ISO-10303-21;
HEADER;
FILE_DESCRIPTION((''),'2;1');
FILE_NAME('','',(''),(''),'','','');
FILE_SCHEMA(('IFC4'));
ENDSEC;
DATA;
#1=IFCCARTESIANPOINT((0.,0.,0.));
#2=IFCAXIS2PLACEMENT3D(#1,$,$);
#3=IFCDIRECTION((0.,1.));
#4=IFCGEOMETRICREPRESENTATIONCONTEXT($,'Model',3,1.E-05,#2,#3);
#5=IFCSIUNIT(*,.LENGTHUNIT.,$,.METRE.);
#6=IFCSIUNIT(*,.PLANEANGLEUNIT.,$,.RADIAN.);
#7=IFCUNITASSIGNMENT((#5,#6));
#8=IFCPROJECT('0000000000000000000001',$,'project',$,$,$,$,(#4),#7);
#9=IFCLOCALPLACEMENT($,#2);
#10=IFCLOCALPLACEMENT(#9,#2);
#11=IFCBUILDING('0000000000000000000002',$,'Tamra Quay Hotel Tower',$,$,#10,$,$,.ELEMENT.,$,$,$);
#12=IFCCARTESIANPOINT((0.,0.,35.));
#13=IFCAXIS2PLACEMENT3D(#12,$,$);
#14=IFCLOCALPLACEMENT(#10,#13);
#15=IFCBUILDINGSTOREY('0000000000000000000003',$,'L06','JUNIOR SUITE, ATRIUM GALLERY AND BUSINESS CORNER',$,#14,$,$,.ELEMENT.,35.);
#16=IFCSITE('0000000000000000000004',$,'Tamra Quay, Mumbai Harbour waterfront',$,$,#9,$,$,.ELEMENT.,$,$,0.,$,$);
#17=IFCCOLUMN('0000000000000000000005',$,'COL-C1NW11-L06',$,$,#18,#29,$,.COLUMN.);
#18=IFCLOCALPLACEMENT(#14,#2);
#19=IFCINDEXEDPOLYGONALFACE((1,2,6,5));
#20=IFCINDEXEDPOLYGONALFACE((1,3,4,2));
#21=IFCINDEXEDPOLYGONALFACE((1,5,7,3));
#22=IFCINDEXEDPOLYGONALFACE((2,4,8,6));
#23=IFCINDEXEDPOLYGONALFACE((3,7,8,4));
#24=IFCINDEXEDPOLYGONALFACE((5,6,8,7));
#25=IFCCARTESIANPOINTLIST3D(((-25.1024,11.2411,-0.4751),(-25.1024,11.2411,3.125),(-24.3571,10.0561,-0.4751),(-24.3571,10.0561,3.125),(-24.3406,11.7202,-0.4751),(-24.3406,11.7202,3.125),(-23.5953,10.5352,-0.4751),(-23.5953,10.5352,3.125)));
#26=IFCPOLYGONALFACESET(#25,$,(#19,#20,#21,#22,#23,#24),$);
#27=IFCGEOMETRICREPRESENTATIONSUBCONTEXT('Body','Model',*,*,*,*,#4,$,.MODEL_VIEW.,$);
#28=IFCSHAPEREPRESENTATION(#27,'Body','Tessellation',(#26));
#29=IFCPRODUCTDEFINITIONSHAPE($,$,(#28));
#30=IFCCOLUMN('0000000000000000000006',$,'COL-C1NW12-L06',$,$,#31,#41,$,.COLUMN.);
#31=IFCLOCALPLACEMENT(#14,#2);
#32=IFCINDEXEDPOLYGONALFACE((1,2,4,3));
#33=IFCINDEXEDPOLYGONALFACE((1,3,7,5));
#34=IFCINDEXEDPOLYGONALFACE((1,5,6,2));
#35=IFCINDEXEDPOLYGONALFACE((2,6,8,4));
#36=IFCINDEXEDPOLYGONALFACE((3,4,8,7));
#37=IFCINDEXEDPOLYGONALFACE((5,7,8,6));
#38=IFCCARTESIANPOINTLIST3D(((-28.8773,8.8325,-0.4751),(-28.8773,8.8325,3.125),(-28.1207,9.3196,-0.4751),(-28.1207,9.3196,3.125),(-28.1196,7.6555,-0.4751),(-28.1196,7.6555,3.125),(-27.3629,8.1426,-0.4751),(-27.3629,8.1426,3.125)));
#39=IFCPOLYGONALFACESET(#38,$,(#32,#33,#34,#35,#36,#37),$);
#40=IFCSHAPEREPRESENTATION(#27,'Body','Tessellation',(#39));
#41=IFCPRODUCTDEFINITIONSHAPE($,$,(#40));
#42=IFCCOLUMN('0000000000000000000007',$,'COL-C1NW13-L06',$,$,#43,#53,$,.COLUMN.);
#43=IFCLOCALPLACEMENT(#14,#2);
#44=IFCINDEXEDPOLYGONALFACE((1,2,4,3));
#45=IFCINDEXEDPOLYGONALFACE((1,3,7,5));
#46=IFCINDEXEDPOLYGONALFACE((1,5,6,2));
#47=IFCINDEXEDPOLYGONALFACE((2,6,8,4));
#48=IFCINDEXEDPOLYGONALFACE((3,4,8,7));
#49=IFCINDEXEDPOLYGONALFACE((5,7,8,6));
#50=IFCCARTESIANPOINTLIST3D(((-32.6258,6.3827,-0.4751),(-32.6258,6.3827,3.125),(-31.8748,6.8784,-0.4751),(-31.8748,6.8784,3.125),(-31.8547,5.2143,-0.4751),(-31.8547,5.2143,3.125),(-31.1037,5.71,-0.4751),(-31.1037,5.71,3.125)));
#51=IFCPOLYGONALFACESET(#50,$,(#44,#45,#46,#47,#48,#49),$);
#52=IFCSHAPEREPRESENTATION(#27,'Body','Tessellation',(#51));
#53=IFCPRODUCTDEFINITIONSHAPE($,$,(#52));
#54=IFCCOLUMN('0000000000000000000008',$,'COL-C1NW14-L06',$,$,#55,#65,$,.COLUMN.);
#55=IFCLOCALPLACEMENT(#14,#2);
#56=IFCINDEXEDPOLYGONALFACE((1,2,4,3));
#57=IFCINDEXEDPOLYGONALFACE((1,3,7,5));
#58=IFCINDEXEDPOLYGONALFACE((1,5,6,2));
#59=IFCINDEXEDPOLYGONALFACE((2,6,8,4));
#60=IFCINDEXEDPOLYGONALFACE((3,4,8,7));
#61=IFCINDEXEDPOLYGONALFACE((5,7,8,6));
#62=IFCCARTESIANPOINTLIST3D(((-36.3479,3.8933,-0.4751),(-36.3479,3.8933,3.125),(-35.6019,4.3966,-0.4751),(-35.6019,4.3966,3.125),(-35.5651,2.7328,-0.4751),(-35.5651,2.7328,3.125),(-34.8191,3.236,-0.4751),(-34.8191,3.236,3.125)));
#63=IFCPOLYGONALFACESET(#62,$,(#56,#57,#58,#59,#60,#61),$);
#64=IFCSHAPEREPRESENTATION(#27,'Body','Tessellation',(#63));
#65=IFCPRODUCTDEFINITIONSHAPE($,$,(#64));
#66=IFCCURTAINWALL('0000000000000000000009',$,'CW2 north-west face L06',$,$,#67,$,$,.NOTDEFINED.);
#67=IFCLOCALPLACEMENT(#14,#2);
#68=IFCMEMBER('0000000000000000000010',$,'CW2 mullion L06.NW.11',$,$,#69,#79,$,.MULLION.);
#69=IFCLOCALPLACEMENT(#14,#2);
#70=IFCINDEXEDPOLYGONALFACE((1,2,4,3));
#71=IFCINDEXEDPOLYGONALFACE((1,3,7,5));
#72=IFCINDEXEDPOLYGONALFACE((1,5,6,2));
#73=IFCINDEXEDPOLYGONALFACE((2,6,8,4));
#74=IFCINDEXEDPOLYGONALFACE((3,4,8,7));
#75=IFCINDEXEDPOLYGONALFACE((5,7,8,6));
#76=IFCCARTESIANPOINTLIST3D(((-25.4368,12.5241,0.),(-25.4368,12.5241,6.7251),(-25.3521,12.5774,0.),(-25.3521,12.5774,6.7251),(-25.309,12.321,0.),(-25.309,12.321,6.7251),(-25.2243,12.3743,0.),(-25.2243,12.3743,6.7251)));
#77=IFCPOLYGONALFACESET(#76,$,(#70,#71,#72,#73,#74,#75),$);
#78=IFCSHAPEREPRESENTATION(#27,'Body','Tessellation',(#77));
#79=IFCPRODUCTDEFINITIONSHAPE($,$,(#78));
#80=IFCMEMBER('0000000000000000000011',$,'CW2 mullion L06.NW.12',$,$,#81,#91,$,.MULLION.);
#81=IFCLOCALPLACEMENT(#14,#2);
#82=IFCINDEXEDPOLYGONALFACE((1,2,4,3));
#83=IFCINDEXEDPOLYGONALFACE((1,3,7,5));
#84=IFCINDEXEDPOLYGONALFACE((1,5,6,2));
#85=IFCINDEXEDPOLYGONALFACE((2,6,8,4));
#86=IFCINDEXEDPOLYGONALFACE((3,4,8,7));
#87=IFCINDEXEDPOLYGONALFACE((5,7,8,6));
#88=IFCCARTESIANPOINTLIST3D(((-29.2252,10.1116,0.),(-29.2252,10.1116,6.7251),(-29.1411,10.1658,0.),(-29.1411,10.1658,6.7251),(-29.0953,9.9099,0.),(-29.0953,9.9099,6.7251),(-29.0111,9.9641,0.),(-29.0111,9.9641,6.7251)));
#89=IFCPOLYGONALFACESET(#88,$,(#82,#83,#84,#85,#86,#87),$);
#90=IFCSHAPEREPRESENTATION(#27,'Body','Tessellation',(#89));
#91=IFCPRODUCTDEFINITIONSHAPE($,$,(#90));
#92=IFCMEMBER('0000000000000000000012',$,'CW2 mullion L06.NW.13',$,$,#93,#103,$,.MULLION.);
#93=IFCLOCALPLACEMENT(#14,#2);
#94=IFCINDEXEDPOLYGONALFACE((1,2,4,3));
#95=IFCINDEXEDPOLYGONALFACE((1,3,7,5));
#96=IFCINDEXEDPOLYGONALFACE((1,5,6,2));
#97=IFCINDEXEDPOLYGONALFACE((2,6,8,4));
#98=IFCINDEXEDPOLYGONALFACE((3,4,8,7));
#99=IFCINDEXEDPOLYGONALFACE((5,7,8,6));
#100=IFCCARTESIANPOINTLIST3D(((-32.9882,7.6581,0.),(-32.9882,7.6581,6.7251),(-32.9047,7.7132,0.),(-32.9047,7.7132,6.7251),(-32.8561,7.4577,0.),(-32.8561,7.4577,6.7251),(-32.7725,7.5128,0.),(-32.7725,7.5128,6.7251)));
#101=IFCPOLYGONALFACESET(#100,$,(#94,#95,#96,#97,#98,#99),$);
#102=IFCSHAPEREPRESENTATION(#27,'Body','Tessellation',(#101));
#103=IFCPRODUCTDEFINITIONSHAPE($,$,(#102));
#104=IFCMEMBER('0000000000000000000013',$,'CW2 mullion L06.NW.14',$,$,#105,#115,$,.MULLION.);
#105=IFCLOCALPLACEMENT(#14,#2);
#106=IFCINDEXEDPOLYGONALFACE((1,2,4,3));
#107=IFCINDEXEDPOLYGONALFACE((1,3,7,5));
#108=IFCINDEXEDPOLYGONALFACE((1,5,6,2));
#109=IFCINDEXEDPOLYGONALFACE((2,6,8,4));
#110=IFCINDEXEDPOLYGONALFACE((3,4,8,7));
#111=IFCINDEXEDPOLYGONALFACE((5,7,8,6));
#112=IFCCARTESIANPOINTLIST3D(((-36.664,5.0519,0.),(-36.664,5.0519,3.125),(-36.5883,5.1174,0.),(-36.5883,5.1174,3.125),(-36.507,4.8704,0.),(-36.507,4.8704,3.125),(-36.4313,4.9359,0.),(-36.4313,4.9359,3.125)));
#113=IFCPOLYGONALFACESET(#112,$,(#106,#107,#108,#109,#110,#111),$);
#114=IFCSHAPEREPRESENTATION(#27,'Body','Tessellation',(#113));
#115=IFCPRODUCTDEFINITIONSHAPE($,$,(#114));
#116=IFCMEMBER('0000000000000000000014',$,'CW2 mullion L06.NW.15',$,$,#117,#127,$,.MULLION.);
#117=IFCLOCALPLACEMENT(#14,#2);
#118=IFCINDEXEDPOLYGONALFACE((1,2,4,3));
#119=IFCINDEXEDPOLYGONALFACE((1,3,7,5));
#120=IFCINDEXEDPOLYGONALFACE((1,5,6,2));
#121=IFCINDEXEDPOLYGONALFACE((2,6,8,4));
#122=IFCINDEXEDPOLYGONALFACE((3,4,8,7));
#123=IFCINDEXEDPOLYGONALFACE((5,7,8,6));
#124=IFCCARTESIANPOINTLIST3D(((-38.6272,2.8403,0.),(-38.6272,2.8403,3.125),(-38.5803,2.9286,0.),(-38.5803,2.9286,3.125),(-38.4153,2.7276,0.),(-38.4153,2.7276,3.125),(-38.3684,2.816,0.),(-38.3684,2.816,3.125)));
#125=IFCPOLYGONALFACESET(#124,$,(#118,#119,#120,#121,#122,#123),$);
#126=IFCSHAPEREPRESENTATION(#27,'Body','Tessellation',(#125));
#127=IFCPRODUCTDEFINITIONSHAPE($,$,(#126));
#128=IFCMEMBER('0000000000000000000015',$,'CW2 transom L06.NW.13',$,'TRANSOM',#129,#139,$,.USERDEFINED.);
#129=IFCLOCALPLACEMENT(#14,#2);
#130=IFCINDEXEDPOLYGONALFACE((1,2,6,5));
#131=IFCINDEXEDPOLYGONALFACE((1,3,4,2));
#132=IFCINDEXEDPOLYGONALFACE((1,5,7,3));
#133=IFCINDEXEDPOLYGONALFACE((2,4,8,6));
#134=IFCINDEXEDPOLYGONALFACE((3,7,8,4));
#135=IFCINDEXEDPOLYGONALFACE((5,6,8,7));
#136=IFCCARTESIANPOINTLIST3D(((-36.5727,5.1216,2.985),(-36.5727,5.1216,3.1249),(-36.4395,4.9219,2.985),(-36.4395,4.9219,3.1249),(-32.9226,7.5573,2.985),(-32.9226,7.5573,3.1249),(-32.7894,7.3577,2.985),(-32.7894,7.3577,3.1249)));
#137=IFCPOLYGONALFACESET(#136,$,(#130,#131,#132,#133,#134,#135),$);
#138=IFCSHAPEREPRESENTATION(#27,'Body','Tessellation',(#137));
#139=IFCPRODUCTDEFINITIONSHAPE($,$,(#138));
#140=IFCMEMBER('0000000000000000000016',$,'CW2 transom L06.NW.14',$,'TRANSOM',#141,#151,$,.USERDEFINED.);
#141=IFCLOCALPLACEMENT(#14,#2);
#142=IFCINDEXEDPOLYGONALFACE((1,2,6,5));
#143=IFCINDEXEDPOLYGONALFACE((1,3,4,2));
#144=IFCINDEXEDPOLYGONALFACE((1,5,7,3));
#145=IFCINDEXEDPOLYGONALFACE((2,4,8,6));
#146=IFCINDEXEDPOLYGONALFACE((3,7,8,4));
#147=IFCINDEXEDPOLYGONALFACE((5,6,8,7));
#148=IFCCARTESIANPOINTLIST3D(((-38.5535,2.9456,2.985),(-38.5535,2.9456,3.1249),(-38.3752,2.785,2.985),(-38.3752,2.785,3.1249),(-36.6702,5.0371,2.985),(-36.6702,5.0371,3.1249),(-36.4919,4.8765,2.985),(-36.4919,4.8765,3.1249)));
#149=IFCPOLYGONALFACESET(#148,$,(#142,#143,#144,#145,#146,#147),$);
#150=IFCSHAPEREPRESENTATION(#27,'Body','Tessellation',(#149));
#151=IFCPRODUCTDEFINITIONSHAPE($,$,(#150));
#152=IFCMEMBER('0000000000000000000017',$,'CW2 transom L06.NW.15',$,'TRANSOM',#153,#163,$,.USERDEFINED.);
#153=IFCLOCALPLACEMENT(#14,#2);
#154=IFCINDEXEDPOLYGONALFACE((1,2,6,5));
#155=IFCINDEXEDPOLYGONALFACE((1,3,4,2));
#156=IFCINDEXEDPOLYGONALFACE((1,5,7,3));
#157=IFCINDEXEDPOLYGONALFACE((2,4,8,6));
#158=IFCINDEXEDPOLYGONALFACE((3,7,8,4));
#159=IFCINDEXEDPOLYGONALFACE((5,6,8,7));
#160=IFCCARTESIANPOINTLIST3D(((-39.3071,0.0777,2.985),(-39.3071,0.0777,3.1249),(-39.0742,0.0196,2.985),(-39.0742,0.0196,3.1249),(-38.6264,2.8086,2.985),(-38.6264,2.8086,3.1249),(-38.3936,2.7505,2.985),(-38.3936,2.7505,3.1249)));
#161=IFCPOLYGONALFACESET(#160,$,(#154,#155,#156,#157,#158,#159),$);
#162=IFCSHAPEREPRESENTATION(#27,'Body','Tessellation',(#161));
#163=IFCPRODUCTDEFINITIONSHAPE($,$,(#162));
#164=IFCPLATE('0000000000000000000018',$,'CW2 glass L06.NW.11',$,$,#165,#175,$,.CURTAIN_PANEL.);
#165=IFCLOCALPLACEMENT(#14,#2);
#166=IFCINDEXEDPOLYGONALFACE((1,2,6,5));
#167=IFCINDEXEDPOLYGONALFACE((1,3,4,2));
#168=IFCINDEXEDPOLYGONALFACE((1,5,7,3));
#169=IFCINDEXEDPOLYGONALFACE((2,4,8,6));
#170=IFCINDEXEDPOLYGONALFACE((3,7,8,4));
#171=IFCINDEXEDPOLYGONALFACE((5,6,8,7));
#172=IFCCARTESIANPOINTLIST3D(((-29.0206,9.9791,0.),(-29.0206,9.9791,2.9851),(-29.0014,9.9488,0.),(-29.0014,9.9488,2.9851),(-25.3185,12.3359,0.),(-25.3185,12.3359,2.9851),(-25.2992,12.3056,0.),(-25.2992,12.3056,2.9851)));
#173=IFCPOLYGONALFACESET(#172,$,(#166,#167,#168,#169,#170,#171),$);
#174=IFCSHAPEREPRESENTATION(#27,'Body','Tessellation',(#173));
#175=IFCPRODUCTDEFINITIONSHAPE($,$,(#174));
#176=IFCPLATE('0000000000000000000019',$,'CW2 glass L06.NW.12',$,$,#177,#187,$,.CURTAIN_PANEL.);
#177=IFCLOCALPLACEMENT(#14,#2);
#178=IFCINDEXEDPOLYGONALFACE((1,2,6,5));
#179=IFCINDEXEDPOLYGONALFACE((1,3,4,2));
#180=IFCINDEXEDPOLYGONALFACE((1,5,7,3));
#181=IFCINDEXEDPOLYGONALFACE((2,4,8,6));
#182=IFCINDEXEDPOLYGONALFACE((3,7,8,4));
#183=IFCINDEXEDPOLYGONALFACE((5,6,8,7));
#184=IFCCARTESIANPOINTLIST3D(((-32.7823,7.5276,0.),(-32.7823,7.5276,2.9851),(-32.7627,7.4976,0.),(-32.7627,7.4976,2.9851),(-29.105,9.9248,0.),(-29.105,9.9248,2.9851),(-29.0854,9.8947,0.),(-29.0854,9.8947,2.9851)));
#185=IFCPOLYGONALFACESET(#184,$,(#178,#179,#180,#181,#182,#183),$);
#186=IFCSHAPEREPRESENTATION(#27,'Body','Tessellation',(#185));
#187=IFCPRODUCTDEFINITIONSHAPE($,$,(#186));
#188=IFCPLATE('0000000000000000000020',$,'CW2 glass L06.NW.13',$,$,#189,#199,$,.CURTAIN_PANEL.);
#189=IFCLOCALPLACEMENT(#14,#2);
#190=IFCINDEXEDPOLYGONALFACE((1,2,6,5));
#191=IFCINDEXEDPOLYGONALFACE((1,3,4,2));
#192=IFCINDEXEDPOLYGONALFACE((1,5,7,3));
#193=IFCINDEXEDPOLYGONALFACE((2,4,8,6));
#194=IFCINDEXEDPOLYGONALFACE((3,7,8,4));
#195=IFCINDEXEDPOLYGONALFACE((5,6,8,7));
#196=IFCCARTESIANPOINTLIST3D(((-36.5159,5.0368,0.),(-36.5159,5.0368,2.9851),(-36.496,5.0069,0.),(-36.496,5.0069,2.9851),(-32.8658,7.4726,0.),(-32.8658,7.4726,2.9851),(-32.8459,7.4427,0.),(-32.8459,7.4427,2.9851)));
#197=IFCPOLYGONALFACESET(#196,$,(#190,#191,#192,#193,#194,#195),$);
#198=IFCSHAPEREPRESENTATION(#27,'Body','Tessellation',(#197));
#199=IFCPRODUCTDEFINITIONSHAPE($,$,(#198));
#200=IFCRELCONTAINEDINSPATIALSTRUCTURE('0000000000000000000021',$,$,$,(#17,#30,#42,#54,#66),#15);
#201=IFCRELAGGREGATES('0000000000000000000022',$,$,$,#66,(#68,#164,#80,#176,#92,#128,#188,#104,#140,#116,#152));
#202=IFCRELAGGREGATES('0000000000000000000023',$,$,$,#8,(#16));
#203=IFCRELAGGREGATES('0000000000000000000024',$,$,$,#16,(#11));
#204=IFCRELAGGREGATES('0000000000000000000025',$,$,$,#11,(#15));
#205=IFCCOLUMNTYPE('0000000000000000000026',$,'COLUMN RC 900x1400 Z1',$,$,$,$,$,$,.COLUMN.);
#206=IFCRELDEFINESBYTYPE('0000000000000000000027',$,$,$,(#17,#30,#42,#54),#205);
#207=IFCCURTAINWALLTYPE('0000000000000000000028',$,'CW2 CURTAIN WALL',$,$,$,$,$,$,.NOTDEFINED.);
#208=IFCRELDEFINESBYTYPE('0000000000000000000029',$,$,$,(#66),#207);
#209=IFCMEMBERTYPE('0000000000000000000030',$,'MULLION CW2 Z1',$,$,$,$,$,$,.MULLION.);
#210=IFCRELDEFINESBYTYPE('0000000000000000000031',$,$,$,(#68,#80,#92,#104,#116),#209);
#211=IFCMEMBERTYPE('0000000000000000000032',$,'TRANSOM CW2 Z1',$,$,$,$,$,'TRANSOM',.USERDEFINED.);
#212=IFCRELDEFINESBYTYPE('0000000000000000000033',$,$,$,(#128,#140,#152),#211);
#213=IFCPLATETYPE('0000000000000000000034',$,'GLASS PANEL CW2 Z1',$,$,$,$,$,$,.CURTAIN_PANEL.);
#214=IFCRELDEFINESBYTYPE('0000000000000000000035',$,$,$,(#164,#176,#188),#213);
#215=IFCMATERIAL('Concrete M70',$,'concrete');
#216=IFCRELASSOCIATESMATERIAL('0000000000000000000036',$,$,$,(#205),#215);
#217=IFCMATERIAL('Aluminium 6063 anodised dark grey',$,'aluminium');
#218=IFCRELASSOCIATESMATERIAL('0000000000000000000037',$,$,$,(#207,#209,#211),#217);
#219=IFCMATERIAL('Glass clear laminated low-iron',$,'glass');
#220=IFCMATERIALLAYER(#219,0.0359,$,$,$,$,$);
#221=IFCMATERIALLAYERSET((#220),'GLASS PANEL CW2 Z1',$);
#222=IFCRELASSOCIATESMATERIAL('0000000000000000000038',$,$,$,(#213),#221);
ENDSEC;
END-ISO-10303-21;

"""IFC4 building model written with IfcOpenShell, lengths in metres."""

from ifc_helpers import new_model, si_unit, direction, frame, origin, origin_2d, place, context, subcontext, project, spatial, rectangle, extrude, material, layer, layer_set, material_profile, profile_set, type_object, element, aggregate, save


model = new_model("IFC4")

# Units and contexts
model_context = context("Model", 3, precision=1e-05, world=origin(), true_north=direction((0.0, 1.0)))
body_context = subcontext(model_context, "Body", "Model", "MODEL_VIEW")
ifc_project = project(units=[si_unit("LENGTHUNIT", "METRE"), si_unit("PLANEANGLEUNIT", "RADIAN")], contexts=[model_context])

# Site, building, storey
site_placement = place(None, origin())
site = spatial("IfcSite", under=ifc_project, at=site_placement, Name="Tamra Quay, Mumbai Harbour waterfront", CompositionType="ELEMENT", RefElevation=0.0)
building_placement = place(site_placement, origin())
building = spatial("IfcBuilding", under=site, at=building_placement, Name="Tamra Quay Hotel Tower", CompositionType="ELEMENT")
storey_placement = place(building_placement, frame((0.0, 0.0, 35.0)))
storey = spatial("IfcBuildingStorey", under=building, at=storey_placement, Name="L06", Description="JUNIOR SUITE, ATRIUM GALLERY AND BUSINESS CORNER", CompositionType="ELEMENT", Elevation=35.0)

# Columns
ifc_material_1 = material(Name="Concrete M70", Category="concrete")
ifc_material_profile_1 = material_profile(ifc_material_1, rectangle(XDim=1.3999, YDim=0.8999, at=origin_2d()), Name="COLUMN RC 900x1400 Z1")
ifc_profile_set_1 = profile_set([ifc_material_profile_1], Name="Concrete M70")
column_type = type_object("IfcColumnType", Name="COLUMN RC 900x1400 Z1", PredefinedType="COLUMN", material=ifc_profile_set_1)
for number, where, z_axis, x_axis, name in (
    (1, (-24.3489, 10.8882, -0.4751), (0.0, 0.0, 1.0), (-0.532389, 0.8465, 0.0), "COL-C1NW11-L06"),
    (2, (-28.1201, 8.4875, -0.4751), (0.0, 0.0, 1.0), (-0.541283, 0.840841, 0.0), "COL-C1NW12-L06"),
    (3, (-31.8647, 6.0464, -0.4751), (0.0, 0.0, 1.0), (-0.550838, 0.834612, 0.0), "COL-C1NW13-L06"),
    (4, (-35.5835, 3.5647, -0.4751), (0.0, 0.0, 1.0), (-0.55922, 0.829019, 0.0), "COL-C1NW14-L06"),
):
    element("IfcColumn", number, at=place(storey_placement, frame(where, z_axis=z_axis, x_axis=x_axis)), inside=storey, type_object=column_type, Name=name, PredefinedType="COLUMN", context=body_context, shape_type="SweptSolid", body=[
        extrude(rectangle(XDim=1.3999, YDim=0.8999, at=origin_2d()), origin(), (0.0, 0.0, 1.0), 3.6001),
    ])

# Curtain wall, members, plates
ifc_material_2 = material(Name="Aluminium 6063 anodised dark grey", Category="aluminium")
curtain_wall_type = type_object("IfcCurtainWallType", Name="CW2 CURTAIN WALL", PredefinedType="NOTDEFINED", material=ifc_material_2)
curtain_wall_placement = place(storey_placement, origin())
curtain_wall = element("IfcCurtainWall", 5, at=curtain_wall_placement, inside=storey, type_object=curtain_wall_type, Name="CW2 north-west face L06", PredefinedType="NOTDEFINED")
ifc_material_profile_2 = material_profile(ifc_material_2, rectangle(XDim=0.24, YDim=0.1001, at=origin_2d()), Name="MULLION 100X240")
ifc_profile_set_2 = profile_set([ifc_material_profile_2], Name="Aluminium 6063 anodised dark grey")
member_type_1 = type_object("IfcMemberType", Name="MULLION CW2 Z1", PredefinedType="MULLION", material=ifc_profile_set_2)
member_1_placement = place(storey_placement, frame((-25.3306, 12.4492, 0.0), z_axis=(0.0, 0.0, 1.0), x_axis=(-0.532447, 0.846463, 0.0)))
member_1 = element("IfcMember", 6, at=member_1_placement, type_object=member_type_1, Name="CW2 mullion L06.NW.11", PredefinedType="MULLION", context=body_context, shape_type="SweptSolid", body=[
    extrude(rectangle(XDim=0.24, YDim=0.1001, at=origin_2d()), origin(), (0.0, 0.0, 1.0), 6.7251),
])
member_2_placement = place(storey_placement, frame((-29.1182, 10.0378, 0.0), z_axis=(0.0, 0.0, 1.0), x_axis=(-0.541561, 0.840662, 0.0)))
member_2 = element("IfcMember", 7, at=member_2_placement, type_object=member_type_1, Name="CW2 mullion L06.NW.12", PredefinedType="MULLION", context=body_context, shape_type="SweptSolid", body=[
    extrude(rectangle(XDim=0.24, YDim=0.1001, at=origin_2d()), origin(), (0.0, 0.0, 1.0), 6.7251),
])
member_3_placement = place(storey_placement, frame((-32.8804, 7.5854, 0.0), z_axis=(0.0, 0.0, 1.0), x_axis=(-0.550591, 0.834775, 0.0)))
member_3 = element("IfcMember", 8, at=member_3_placement, type_object=member_type_1, Name="CW2 mullion L06.NW.13", PredefinedType="MULLION", context=body_context, shape_type="SweptSolid", body=[
    extrude(rectangle(XDim=0.24, YDim=0.1001, at=origin_2d()), origin(), (0.0, 0.0, 1.0), 6.7251),
])
member_4_placement = place(storey_placement, frame((-36.5476, 4.9939, 0.0), z_axis=(0.0, 0.0, 1.0), x_axis=(-0.654197, 0.756324, 0.0)))
member_4 = element("IfcMember", 9, at=member_4_placement, type_object=member_type_1, Name="CW2 mullion L06.NW.14", PredefinedType="MULLION", context=body_context, shape_type="SweptSolid", body=[
    extrude(rectangle(XDim=0.24, YDim=0.1001, at=origin_2d()), origin(), (0.0, 0.0, 1.0), 3.125),
])
member_5_placement = place(storey_placement, frame((-38.4978, 2.8281, 0.0), z_axis=(0.0, 0.0, 1.0), x_axis=(-0.882955, 0.469457, 0.0)))
member_5 = element("IfcMember", 10, at=member_5_placement, type_object=member_type_1, Name="CW2 mullion L06.NW.15", PredefinedType="MULLION", context=body_context, shape_type="SweptSolid", body=[
    extrude(rectangle(XDim=0.24, YDim=0.1001, at=origin_2d()), origin(), (0.0, 0.0, 1.0), 3.125),
])
ifc_material_profile_3 = material_profile(ifc_material_2, rectangle(XDim=0.24, YDim=0.1399, at=origin_2d()), Name="TRANSOM 240X140")
ifc_profile_set_3 = profile_set([ifc_material_profile_3], Name="Aluminium 6063 anodised dark grey")
member_type_2 = type_object("IfcMemberType", Name="TRANSOM CW2 Z1", ElementType="TRANSOM", PredefinedType="USERDEFINED", material=ifc_profile_set_3)
member_6_placement = place(storey_placement, frame((-32.856, 7.4575, 3.0549), z_axis=(-0.831802, -0.555072, 0.0), x_axis=(0.555072, -0.831802, 0.0)))
member_6 = element("IfcMember", 11, at=member_6_placement, type_object=member_type_2, Name="CW2 transom L06.NW.13", ObjectType="TRANSOM", PredefinedType="USERDEFINED", context=body_context, shape_type="SweptSolid", body=[
    extrude(rectangle(XDim=0.24, YDim=0.1399, at=origin_2d()), origin(), (0.0, 0.0, 1.0), 4.3882),
])
member_7_placement = place(storey_placement, frame((-36.5811, 4.9568, 3.0549), z_axis=(-0.669142, -0.743135, 0.0), x_axis=(0.743135, -0.669142, 0.0)))
member_7 = element("IfcMember", 12, at=member_7_placement, type_object=member_type_2, Name="CW2 transom L06.NW.14", ObjectType="TRANSOM", PredefinedType="USERDEFINED", context=body_context, shape_type="SweptSolid", body=[
    extrude(rectangle(XDim=0.24, YDim=0.1399, at=origin_2d()), origin(), (0.0, 0.0, 1.0), 2.8145),
])
member_8_placement = place(storey_placement, frame((-38.51, 2.7795, 3.0549), z_axis=(-0.241842, -0.970316, 0.0), x_axis=(0.970316, -0.241842, 0.0)))
member_8 = element("IfcMember", 13, at=member_8_placement, type_object=member_type_2, Name="CW2 transom L06.NW.15", ObjectType="TRANSOM", PredefinedType="USERDEFINED", context=body_context, shape_type="SweptSolid", body=[
    extrude(rectangle(XDim=0.24, YDim=0.1399, at=origin_2d()), origin(), (0.0, 0.0, 1.0), 2.8145),
])
ifc_material_3 = material(Name="Glass clear laminated low-iron", Category="glass")
ifc_layer_1 = layer(ifc_material_3, 0.0359)
ifc_layer_set_1 = layer_set([ifc_layer_1], Name="GLASS PANEL CW2 Z1")
plate_type = type_object("IfcPlateType", Name="GLASS PANEL CW2 Z1", PredefinedType="CURTAIN_PANEL", material=ifc_layer_set_1)
plate_1_placement = place(storey_placement, frame((-27.1599, 11.1423, 0.0), z_axis=(0.0, 0.0, 1.0), x_axis=(-0.843571, -0.537018, 0.0)))
plate_1 = element("IfcPlate", 14, at=plate_1_placement, type_object=plate_type, Name="CW2 glass L06.NW.11", PredefinedType="CURTAIN_PANEL", context=body_context, shape_type="SweptSolid", body=[
    extrude(rectangle(XDim=4.3887, YDim=0.0359, at=origin_2d()), origin(), (0.0, 0.0, 1.0), 2.9851),
])
plate_2_placement = place(storey_placement, frame((-30.9338, 8.7112, 0.0), z_axis=(0.0, 0.0, 1.0), x_axis=(-0.837728, -0.546088, 0.0)))
plate_2 = element("IfcPlate", 15, at=plate_2_placement, type_object=plate_type, Name="CW2 glass L06.NW.12", PredefinedType="CURTAIN_PANEL", context=body_context, shape_type="SweptSolid", body=[
    extrude(rectangle(XDim=4.3896, YDim=0.0359, at=origin_2d()), origin(), (0.0, 0.0, 1.0), 2.9851),
])
plate_3_placement = place(storey_placement, frame((-34.6809, 6.2397, 0.0), z_axis=(0.0, 0.0, 1.0), x_axis=(-0.831798, -0.555079, 0.0)))
plate_3 = element("IfcPlate", 16, at=plate_3_placement, type_object=plate_type, Name="CW2 glass L06.NW.13", PredefinedType="CURTAIN_PANEL", context=body_context, shape_type="SweptSolid", body=[
    extrude(rectangle(XDim=4.3882, YDim=0.0359, at=origin_2d()), origin(), (0.0, 0.0, 1.0), 2.9851),
])
aggregate(curtain_wall, [member_1, plate_1, member_2, plate_2, member_3, member_6, plate_3, member_4, member_7, member_5, member_8])

save(model, "model.ifc")
